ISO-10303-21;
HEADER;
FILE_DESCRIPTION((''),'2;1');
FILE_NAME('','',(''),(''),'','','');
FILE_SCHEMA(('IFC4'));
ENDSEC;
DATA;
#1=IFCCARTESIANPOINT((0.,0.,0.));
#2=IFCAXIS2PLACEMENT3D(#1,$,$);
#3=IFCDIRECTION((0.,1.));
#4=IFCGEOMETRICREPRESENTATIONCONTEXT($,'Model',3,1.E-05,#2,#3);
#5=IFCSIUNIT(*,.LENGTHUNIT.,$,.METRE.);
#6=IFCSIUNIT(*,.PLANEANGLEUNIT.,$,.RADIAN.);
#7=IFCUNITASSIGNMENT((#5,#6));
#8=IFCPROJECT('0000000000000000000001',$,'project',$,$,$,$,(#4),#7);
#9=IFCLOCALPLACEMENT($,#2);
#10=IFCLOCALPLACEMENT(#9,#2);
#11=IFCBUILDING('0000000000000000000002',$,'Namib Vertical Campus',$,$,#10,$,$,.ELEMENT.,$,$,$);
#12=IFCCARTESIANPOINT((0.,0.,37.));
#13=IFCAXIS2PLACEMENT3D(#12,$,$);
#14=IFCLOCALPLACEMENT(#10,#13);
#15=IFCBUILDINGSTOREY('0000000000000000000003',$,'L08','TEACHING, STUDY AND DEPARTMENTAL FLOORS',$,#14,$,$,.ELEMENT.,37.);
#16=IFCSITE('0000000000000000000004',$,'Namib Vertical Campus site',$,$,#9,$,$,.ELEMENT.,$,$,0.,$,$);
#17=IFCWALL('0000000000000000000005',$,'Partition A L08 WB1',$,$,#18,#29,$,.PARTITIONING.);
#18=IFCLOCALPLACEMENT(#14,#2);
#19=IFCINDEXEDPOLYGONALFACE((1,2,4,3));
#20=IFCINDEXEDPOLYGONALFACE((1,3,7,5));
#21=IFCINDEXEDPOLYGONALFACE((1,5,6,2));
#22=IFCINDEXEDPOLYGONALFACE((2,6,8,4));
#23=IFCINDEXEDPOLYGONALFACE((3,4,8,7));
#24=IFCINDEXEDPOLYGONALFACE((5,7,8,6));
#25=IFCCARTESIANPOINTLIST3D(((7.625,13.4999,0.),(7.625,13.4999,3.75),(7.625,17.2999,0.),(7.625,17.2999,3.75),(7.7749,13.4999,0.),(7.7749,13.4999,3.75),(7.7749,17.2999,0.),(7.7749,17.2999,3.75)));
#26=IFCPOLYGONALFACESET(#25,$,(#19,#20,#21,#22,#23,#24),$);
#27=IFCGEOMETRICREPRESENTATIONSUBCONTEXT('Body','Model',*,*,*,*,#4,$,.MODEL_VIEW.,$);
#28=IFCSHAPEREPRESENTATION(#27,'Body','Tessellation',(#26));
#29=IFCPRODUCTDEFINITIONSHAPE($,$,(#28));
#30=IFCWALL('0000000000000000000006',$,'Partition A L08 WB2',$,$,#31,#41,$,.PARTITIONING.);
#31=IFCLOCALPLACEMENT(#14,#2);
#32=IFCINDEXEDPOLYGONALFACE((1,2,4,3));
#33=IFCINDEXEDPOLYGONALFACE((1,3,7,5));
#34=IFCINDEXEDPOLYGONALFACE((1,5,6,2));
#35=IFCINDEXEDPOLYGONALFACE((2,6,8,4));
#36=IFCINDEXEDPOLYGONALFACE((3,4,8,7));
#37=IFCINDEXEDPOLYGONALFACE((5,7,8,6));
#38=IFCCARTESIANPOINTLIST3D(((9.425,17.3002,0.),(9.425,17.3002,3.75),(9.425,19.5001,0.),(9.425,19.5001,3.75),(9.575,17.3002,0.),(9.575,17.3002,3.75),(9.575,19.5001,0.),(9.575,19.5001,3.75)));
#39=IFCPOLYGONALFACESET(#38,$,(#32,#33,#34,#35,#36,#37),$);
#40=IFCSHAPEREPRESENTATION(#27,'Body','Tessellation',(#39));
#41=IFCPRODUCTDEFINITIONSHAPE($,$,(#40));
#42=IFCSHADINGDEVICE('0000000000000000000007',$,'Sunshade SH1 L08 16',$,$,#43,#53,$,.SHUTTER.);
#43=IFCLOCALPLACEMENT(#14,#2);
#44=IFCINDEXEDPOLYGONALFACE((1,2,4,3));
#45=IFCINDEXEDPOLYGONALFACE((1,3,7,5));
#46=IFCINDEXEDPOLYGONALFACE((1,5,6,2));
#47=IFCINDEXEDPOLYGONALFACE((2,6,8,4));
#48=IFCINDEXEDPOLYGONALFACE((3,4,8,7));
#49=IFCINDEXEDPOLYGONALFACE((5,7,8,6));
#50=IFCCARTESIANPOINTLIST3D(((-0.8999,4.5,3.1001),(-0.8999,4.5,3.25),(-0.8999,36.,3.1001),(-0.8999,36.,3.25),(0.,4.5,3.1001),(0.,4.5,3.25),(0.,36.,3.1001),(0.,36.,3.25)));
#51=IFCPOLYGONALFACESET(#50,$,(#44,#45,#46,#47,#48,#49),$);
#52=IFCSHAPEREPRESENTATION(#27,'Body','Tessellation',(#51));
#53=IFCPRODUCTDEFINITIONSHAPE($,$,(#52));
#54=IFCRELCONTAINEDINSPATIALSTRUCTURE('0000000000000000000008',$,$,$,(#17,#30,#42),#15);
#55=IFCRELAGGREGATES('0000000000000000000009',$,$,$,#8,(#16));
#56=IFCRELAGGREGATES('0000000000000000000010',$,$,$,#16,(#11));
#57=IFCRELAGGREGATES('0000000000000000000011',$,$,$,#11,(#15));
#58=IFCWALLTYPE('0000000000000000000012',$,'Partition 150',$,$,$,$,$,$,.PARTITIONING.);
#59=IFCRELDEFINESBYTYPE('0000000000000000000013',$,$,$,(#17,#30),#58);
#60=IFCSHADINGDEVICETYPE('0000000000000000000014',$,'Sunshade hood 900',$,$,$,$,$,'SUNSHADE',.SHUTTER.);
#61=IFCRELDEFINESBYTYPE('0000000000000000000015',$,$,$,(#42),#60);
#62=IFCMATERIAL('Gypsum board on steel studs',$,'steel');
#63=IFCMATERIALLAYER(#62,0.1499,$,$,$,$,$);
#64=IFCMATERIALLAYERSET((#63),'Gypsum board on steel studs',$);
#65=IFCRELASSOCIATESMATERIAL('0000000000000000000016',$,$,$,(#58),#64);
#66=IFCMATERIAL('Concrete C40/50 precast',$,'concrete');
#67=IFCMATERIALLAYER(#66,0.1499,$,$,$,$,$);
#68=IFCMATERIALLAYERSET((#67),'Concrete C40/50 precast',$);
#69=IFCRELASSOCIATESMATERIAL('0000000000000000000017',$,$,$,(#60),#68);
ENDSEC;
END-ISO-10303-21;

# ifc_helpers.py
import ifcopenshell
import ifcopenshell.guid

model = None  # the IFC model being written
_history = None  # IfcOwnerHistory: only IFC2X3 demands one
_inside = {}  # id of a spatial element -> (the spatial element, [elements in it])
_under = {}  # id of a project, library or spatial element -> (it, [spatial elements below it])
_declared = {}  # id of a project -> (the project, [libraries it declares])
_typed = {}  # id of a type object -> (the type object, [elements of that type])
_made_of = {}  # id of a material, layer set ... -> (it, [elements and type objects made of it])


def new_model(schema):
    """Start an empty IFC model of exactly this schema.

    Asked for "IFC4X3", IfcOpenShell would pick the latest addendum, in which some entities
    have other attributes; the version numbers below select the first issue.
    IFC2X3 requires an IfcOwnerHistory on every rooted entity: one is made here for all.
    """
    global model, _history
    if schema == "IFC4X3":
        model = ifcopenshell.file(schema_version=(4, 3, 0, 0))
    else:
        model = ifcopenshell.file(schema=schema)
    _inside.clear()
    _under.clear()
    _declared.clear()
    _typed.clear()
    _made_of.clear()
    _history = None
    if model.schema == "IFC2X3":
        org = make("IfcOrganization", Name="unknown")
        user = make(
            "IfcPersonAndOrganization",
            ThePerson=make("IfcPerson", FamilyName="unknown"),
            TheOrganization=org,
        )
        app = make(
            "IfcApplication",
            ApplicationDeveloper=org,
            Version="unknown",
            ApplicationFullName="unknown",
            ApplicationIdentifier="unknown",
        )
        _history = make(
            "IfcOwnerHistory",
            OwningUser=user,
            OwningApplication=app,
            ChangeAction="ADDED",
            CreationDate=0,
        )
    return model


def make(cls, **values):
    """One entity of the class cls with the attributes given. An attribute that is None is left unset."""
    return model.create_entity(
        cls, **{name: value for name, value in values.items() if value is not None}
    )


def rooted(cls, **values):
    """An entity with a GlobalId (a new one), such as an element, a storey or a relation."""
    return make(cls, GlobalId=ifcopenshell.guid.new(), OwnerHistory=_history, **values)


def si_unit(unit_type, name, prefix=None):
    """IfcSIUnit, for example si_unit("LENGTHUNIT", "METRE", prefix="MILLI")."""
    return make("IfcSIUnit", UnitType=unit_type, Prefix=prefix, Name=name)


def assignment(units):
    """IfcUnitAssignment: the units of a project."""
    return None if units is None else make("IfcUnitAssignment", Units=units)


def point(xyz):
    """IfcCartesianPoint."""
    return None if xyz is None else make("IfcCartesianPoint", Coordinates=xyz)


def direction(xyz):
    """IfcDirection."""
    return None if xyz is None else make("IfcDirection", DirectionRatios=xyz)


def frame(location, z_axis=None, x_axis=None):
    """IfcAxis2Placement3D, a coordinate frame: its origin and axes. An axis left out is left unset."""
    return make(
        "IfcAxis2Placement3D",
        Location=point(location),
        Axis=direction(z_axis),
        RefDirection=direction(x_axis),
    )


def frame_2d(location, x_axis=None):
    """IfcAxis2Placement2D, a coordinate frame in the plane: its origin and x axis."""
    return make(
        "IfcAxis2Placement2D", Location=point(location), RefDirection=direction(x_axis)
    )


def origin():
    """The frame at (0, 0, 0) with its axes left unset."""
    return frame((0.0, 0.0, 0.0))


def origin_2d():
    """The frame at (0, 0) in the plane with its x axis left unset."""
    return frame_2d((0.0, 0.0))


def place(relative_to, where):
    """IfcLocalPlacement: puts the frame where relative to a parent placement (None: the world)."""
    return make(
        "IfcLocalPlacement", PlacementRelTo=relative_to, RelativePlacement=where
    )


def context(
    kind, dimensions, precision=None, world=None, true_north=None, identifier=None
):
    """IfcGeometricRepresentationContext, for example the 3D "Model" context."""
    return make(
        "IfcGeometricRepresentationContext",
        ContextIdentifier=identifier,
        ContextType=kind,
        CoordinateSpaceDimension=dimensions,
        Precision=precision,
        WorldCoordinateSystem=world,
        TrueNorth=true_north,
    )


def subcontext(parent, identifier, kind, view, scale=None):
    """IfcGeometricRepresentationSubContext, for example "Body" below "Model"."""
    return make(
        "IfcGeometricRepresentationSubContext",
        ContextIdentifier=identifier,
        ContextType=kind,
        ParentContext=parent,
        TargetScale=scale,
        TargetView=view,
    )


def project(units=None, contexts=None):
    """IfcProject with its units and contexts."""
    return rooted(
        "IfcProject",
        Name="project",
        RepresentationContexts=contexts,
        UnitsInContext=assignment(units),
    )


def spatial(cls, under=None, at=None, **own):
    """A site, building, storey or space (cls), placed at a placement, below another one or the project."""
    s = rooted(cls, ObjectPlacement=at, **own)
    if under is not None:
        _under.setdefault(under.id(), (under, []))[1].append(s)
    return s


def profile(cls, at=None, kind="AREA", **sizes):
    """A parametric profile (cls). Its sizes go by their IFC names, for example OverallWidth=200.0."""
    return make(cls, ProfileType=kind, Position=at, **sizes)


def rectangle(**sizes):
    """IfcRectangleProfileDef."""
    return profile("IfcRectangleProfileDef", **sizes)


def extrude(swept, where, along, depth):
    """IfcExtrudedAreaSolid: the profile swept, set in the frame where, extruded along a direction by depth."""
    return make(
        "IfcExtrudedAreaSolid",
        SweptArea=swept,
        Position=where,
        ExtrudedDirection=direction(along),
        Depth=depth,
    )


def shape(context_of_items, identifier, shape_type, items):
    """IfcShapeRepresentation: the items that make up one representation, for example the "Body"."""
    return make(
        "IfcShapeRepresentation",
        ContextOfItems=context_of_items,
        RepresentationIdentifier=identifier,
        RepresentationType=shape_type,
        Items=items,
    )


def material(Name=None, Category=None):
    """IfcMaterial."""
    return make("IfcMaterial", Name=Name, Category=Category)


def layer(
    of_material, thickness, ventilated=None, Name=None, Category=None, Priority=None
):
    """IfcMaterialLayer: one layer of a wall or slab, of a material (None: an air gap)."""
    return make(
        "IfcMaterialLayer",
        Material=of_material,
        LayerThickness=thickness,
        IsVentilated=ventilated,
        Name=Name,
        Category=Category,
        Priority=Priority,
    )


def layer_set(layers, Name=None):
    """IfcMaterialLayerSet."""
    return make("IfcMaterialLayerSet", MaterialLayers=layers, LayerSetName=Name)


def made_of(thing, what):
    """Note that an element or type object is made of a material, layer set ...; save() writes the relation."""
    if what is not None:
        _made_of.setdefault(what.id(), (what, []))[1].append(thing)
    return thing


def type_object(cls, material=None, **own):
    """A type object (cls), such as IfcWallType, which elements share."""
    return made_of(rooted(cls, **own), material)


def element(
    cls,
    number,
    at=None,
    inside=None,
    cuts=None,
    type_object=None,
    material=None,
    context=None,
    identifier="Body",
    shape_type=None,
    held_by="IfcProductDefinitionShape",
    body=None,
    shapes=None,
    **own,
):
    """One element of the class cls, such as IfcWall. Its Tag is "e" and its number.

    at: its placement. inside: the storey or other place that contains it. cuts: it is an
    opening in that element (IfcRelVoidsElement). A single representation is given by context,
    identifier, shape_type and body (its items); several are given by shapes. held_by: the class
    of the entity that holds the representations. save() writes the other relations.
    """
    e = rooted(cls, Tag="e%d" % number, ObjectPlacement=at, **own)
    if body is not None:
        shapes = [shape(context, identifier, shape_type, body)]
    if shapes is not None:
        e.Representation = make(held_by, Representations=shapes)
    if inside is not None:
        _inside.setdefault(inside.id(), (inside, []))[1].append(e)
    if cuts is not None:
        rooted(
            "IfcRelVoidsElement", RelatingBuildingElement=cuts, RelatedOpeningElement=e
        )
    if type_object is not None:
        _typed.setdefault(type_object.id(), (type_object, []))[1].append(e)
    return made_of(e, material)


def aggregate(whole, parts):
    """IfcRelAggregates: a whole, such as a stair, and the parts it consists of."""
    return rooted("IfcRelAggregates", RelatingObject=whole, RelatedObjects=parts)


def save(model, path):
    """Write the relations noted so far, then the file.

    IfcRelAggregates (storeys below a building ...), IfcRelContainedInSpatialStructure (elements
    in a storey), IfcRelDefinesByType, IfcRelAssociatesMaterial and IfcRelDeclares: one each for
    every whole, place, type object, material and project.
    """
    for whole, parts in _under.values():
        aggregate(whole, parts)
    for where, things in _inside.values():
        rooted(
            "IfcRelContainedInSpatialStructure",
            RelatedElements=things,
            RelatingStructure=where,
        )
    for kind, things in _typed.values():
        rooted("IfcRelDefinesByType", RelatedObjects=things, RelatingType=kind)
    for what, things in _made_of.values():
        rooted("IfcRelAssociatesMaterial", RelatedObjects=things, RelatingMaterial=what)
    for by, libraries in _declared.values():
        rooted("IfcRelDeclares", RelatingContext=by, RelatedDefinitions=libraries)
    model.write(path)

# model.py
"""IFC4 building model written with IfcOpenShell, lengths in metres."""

from ifc_helpers import new_model, si_unit, direction, frame, frame_2d, origin, origin_2d, place, context, subcontext, project, spatial, rectangle, extrude, material, layer, layer_set, type_object, element, save


model = new_model("IFC4")

# Units and contexts
model_context = context("Model", 3, precision=1e-05, world=origin(), true_north=direction((0.0, 1.0)))
body_context = subcontext(model_context, "Body", "Model", "MODEL_VIEW")
ifc_project = project(units=[si_unit("LENGTHUNIT", "METRE"), si_unit("PLANEANGLEUNIT", "RADIAN")], contexts=[model_context])

# Site, building, storey
site_placement = place(None, origin())
site = spatial("IfcSite", under=ifc_project, at=site_placement, Name="Namib Vertical Campus site", CompositionType="ELEMENT", RefElevation=0.0)
building_placement = place(site_placement, origin())
building = spatial("IfcBuilding", under=site, at=building_placement, Name="Namib Vertical Campus", CompositionType="ELEMENT")
storey_placement = place(building_placement, frame((0.0, 0.0, 37.0)))
storey = spatial("IfcBuildingStorey", under=building, at=storey_placement, Name="L08", Description="TEACHING, STUDY AND DEPARTMENTAL FLOORS", CompositionType="ELEMENT", Elevation=37.0)

# Walls
ifc_material_1 = material(Name="Gypsum board on steel studs", Category="steel")
ifc_layer_1 = layer(ifc_material_1, 0.1499)
ifc_layer_set_1 = layer_set([ifc_layer_1], Name="Gypsum board on steel studs")
wall_type_1 = type_object("IfcWallType", Name="Partition 150", PredefinedType="PARTITIONING", material=ifc_layer_set_1)
wall_1_placement = place(storey_placement, frame((7.7, 13.5, 0.0), z_axis=(0.0, 0.0, 1.0), x_axis=(0.0, 1.0, 0.0)))
element("IfcWall", 1, at=wall_1_placement, inside=storey, type_object=wall_type_1, Name="Partition A L08 WB1", PredefinedType="PARTITIONING", context=body_context, shape_type="SweptSolid", body=[
    extrude(rectangle(XDim=3.8, YDim=0.1499, at=frame_2d((1.8999, 0.0))), origin(), (0.0, 0.0, 1.0), 3.75),
])
wall_2_placement = place(storey_placement, frame((9.5, 17.3, 0.0), z_axis=(0.0, 0.0, 1.0), x_axis=(0.0, 1.0, 0.0)))
element("IfcWall", 2, at=wall_2_placement, inside=storey, type_object=wall_type_1, Name="Partition A L08 WB2", PredefinedType="PARTITIONING", context=body_context, shape_type="SweptSolid", body=[
    extrude(rectangle(XDim=2.2, YDim=0.1499, at=frame_2d((1.1001, 0.0))), origin(), (0.0, 0.0, 1.0), 3.75),
])

# Shading device
ifc_material_2 = material(Name="Concrete C40/50 precast", Category="concrete")
ifc_layer_2 = layer(ifc_material_2, 0.1499)
ifc_layer_set_2 = layer_set([ifc_layer_2], Name="Concrete C40/50 precast")
shading_device_type = type_object("IfcShadingDeviceType", Name="Sunshade hood 900", ElementType="SUNSHADE", PredefinedType="SHUTTER", material=ifc_layer_set_2)
shading_device_placement = place(storey_placement, frame((-0.45, 20.25, 3.1001), z_axis=(0.0, 0.0, 1.0), x_axis=(0.0, -1.0, 0.0)))
element("IfcShadingDevice", 3, at=shading_device_placement, inside=storey, type_object=shading_device_type, Name="Sunshade SH1 L08 16", PredefinedType="SHUTTER", context=body_context, shape_type="SweptSolid", body=[
    extrude(rectangle(XDim=31.5, YDim=0.8999, at=origin_2d()), origin(), (0.0, 0.0, 1.0), 0.1499),
])

save(model, "model.ifc")
